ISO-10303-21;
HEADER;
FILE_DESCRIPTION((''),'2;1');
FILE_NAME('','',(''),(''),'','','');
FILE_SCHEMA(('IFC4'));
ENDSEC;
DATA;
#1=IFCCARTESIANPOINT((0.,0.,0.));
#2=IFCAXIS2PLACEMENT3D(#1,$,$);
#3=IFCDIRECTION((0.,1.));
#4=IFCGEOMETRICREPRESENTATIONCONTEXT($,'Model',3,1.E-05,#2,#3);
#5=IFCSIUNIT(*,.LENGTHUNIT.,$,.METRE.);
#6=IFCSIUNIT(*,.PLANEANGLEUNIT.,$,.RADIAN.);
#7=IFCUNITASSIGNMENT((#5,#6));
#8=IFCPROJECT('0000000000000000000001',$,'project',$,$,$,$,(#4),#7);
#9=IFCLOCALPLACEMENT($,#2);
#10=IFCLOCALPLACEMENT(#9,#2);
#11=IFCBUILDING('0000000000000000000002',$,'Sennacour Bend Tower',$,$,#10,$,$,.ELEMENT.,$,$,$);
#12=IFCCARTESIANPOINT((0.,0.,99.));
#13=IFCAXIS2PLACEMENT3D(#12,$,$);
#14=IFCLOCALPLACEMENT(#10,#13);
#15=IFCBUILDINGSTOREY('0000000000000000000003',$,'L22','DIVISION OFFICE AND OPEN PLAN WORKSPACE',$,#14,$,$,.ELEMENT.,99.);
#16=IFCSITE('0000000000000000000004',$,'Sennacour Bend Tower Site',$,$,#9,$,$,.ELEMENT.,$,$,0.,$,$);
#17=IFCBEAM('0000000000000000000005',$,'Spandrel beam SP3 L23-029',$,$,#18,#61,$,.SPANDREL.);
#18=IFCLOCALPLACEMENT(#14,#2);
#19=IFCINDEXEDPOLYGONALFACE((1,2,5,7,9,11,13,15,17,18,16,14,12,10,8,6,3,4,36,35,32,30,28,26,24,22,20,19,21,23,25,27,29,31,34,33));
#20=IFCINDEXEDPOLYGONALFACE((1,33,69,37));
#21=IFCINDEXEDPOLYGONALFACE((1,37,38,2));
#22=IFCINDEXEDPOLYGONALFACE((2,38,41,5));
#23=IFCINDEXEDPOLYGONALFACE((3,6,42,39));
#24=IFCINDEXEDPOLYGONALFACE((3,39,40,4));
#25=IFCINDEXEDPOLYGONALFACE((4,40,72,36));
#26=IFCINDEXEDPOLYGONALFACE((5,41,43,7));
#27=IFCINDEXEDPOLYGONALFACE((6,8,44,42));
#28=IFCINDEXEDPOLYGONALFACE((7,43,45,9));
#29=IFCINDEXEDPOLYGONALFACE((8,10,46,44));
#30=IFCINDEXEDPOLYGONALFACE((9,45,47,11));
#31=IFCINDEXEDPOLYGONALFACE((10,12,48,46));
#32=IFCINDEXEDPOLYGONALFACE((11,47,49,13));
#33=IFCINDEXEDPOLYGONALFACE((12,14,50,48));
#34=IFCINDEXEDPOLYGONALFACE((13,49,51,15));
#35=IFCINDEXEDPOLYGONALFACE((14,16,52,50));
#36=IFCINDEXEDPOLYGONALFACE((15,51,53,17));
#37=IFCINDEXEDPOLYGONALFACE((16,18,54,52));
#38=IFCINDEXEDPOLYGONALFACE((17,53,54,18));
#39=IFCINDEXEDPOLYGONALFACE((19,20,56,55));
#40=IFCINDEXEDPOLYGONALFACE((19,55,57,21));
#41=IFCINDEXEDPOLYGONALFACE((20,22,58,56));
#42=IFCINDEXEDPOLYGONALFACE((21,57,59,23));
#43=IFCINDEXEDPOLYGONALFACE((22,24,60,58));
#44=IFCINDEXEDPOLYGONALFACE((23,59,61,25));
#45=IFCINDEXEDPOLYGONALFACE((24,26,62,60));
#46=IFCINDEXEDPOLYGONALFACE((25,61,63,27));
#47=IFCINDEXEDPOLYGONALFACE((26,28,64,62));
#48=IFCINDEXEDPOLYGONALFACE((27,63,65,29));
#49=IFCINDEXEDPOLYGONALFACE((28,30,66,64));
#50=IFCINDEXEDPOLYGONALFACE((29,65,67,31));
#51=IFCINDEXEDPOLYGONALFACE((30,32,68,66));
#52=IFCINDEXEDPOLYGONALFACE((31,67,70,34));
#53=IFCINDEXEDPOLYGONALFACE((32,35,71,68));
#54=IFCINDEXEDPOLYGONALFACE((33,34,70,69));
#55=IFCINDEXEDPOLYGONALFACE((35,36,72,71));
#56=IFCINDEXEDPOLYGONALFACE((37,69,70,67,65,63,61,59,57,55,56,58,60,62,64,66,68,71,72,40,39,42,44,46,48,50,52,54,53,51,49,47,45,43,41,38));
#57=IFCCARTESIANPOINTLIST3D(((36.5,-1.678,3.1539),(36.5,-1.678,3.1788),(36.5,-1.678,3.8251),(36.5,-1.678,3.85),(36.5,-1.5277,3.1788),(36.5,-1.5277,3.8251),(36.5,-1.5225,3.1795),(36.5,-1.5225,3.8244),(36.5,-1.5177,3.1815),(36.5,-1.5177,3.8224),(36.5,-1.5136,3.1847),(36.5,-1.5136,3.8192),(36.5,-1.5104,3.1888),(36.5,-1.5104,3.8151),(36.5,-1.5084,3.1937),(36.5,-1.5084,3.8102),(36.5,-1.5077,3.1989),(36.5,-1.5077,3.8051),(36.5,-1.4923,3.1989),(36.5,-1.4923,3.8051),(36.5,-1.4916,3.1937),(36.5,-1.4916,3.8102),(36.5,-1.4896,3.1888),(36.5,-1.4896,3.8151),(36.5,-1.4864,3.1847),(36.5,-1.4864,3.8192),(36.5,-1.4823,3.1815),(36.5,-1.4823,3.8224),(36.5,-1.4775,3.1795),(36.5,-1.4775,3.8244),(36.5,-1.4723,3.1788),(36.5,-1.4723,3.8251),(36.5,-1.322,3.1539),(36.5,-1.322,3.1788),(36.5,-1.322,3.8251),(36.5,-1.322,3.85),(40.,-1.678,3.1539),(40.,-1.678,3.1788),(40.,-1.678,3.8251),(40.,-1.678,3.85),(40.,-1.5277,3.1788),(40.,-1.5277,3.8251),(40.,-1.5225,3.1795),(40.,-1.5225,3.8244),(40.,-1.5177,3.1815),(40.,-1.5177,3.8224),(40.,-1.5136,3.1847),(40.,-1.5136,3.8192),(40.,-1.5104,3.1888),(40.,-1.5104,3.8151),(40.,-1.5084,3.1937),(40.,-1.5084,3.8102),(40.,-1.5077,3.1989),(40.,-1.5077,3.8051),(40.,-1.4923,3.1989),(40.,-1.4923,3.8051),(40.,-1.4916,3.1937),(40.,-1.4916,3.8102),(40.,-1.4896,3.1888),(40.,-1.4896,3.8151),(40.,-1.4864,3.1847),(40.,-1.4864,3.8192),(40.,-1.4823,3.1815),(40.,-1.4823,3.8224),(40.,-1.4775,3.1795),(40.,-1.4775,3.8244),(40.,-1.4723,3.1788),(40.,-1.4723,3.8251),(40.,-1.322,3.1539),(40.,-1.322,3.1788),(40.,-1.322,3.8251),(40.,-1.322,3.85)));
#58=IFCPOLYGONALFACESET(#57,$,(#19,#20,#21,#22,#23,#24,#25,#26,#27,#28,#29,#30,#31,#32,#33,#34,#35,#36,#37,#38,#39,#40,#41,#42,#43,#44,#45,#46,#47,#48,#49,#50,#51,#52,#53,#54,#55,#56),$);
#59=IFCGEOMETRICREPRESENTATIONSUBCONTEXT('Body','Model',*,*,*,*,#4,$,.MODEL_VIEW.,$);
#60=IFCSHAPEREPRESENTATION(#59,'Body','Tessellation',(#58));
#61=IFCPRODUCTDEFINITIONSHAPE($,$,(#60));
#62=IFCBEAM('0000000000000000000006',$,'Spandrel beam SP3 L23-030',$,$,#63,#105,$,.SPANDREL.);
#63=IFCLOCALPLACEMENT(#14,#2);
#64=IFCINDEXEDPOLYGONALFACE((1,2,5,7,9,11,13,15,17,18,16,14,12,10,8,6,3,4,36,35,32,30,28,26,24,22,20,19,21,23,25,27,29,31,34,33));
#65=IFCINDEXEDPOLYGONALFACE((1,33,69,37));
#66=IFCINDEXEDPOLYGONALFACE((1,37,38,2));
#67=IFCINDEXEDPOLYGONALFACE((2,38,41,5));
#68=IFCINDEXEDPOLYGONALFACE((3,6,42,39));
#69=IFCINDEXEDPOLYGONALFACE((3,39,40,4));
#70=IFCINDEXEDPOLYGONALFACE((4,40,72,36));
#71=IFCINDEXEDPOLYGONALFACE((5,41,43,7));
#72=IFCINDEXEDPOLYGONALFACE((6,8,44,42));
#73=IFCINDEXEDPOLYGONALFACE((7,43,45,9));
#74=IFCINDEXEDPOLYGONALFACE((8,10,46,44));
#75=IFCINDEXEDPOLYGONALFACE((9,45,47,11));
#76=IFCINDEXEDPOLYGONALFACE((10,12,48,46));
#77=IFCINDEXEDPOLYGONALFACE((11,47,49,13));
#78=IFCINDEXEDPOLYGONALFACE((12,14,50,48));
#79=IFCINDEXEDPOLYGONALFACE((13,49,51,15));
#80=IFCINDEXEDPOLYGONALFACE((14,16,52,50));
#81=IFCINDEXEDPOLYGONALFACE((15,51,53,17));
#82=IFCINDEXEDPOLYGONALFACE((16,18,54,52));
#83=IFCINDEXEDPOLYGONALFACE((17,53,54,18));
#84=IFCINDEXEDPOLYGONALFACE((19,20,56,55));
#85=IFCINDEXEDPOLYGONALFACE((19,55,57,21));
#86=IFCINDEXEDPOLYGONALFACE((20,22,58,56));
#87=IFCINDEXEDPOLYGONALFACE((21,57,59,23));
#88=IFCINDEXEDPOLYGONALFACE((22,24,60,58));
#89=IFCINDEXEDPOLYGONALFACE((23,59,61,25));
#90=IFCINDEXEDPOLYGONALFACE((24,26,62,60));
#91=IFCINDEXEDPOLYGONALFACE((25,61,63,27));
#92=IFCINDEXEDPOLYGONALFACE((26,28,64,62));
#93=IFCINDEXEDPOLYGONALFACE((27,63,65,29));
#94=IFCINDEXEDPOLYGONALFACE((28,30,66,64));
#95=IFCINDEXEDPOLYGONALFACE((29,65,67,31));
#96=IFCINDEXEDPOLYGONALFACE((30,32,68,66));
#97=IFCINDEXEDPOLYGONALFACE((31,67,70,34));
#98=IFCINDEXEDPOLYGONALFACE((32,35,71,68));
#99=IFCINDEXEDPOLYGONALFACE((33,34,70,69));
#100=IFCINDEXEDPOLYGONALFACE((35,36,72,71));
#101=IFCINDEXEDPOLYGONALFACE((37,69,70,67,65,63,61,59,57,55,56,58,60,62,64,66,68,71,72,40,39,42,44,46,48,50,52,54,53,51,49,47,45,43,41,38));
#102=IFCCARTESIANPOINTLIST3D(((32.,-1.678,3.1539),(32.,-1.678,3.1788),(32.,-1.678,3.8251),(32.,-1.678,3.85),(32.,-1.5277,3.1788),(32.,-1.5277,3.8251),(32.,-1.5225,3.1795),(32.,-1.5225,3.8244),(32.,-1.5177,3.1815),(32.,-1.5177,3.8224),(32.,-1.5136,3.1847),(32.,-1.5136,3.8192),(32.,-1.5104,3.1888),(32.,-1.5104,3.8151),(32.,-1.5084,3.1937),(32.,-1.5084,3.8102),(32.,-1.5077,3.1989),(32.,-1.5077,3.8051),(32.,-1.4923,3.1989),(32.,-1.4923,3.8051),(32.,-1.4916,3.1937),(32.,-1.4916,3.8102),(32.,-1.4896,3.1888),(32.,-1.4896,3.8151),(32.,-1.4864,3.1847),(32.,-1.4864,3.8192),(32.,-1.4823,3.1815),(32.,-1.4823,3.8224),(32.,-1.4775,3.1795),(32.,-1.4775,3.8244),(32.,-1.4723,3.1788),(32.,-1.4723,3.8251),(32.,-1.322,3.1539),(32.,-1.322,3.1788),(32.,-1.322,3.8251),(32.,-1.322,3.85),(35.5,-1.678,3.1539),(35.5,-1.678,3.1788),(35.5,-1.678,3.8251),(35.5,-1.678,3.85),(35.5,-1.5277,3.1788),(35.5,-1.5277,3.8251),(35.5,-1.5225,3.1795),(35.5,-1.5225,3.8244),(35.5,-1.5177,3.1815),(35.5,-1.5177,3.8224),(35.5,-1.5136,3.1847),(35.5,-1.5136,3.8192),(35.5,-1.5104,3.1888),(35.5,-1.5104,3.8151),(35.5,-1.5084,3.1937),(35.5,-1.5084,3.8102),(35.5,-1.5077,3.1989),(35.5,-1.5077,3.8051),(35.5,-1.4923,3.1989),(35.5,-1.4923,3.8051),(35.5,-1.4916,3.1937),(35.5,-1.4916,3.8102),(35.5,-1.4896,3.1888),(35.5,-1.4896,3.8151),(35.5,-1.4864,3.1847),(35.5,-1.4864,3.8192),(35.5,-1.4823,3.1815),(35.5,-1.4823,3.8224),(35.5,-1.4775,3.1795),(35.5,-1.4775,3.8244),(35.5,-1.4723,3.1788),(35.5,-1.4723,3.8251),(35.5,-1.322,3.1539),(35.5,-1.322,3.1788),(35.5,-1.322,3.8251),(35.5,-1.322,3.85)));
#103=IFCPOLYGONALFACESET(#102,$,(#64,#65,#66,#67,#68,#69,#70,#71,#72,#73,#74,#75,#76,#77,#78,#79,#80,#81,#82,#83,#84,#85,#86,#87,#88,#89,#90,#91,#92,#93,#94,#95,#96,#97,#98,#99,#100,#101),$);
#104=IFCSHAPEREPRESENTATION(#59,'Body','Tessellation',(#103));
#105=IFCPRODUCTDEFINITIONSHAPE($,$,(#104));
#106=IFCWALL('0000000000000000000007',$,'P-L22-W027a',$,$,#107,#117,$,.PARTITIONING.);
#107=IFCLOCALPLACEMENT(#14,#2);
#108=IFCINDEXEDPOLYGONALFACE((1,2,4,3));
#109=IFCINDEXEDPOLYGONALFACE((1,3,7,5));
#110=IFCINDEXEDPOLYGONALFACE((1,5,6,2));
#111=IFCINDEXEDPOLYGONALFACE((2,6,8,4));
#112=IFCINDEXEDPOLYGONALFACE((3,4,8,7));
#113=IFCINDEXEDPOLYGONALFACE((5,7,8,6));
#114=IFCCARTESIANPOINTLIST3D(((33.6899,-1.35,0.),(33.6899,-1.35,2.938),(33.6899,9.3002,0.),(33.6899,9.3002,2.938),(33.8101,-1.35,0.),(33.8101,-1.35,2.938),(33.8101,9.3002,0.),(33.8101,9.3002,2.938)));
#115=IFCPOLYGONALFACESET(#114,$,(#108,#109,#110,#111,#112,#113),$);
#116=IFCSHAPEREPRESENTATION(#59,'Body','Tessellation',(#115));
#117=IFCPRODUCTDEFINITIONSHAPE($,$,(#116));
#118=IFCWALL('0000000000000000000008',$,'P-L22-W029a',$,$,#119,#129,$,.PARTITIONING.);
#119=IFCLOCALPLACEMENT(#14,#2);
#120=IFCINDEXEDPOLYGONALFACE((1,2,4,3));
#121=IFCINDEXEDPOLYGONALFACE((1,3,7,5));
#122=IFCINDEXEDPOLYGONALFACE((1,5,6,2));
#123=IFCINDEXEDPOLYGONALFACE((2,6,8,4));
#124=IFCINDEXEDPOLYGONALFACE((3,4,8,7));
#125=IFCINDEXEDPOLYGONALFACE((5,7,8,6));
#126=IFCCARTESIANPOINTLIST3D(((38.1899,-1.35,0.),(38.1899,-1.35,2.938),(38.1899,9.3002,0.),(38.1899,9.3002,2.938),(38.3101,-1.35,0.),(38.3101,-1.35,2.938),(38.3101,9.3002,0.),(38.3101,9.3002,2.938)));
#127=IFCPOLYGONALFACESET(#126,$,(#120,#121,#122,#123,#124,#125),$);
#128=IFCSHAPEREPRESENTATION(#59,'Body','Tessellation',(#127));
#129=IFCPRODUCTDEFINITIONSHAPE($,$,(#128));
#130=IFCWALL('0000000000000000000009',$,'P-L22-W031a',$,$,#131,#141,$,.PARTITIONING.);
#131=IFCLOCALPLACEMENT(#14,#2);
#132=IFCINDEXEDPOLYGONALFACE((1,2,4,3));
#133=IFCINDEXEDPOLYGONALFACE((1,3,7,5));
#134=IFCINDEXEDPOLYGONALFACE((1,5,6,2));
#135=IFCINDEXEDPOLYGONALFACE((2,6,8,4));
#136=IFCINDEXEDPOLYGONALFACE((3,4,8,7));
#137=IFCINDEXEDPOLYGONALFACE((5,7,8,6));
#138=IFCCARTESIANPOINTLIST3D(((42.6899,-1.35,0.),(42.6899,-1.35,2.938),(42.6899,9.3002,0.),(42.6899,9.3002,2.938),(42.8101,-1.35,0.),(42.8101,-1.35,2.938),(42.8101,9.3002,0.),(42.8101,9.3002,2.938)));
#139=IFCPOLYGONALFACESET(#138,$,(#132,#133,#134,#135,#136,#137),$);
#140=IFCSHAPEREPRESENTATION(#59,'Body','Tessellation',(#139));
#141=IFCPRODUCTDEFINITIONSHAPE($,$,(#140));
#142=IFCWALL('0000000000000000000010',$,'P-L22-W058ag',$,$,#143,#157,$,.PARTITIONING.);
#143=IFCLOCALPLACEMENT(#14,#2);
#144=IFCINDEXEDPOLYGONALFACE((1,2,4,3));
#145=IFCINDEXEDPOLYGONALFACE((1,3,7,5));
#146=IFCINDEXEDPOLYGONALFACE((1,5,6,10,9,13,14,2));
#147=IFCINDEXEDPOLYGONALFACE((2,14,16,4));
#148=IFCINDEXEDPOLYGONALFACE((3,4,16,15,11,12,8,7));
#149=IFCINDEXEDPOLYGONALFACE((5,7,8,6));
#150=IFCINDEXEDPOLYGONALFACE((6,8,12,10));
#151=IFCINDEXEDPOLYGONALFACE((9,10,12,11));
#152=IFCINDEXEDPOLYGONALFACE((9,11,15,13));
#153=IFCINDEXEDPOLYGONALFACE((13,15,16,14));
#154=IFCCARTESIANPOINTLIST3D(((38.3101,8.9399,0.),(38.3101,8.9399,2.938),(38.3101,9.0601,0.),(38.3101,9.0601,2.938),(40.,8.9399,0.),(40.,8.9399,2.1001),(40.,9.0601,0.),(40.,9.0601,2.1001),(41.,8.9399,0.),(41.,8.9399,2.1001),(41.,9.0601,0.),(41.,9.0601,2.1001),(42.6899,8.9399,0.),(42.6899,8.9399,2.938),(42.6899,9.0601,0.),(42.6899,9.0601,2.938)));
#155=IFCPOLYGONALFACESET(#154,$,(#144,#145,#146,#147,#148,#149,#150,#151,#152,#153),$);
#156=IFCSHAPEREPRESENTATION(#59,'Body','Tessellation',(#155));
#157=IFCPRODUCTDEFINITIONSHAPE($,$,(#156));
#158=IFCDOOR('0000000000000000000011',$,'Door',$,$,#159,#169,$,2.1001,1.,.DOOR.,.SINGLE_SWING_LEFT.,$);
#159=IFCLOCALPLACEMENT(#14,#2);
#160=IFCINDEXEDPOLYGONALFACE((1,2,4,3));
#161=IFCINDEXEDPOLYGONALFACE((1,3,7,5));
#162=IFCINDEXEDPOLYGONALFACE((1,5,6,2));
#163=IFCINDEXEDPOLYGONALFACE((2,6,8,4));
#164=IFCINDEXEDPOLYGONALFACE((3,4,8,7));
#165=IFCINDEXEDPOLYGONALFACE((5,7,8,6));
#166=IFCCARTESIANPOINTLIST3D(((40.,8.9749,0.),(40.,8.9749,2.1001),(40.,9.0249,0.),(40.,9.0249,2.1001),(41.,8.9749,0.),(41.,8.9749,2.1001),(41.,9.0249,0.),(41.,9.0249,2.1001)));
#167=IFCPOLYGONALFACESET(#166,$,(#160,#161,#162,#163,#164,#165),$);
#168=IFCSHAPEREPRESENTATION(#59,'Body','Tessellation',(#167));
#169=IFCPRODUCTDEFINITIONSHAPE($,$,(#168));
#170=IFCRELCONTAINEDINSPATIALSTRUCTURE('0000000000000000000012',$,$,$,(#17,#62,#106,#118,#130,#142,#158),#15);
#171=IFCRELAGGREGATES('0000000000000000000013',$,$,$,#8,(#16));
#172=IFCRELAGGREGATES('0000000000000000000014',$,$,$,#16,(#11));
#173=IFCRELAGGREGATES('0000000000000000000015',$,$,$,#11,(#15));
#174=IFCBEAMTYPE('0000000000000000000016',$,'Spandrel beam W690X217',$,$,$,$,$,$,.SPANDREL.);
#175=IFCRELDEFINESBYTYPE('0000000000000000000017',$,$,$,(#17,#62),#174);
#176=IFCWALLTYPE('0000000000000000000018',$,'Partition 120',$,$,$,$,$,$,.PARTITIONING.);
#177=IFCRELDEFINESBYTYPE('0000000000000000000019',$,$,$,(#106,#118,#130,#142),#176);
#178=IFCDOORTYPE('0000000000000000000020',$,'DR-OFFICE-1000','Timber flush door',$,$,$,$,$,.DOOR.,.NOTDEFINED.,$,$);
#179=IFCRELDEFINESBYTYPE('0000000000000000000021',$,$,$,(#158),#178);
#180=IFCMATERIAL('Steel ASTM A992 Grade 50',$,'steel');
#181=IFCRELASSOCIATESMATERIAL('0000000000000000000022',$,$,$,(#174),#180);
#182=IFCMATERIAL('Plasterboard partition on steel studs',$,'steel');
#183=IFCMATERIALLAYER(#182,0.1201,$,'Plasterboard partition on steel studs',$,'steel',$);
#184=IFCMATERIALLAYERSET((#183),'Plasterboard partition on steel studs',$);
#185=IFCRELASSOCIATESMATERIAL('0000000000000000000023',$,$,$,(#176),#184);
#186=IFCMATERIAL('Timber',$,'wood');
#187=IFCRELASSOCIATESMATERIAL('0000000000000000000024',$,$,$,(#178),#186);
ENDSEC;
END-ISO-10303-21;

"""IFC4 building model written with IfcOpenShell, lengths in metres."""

from ifc_helpers import new_model, si_unit, direction, frame, frame_2d, origin, origin_2d, place, context, subcontext, project, spatial, rectangle, i_section, extrude, material, layer, layer_set, material_profile, profile_set, type_object, element, fill, save


model = new_model("IFC4")

# Units and contexts
model_context = context("Model", 3, precision=1e-05, world=origin(), true_north=direction((0.0, 1.0)))
body_context = subcontext(model_context, "Body", "Model", "MODEL_VIEW")
ifc_project = project(units=[si_unit("LENGTHUNIT", "METRE"), si_unit("PLANEANGLEUNIT", "RADIAN")], contexts=[model_context])

# Site, building, storey
site_placement = place(None, origin())
site = spatial("IfcSite", under=ifc_project, at=site_placement, Name="Sennacour Bend Tower Site", CompositionType="ELEMENT", RefElevation=0.0)
building_placement = place(site_placement, origin())
building = spatial("IfcBuilding", under=site, at=building_placement, Name="Sennacour Bend Tower", CompositionType="ELEMENT")
storey_placement = place(building_placement, frame((0.0, 0.0, 99.0)))
storey = spatial("IfcBuildingStorey", under=building, at=storey_placement, Name="L22", Description="DIVISION OFFICE AND OPEN PLAN WORKSPACE", CompositionType="ELEMENT", Elevation=99.0)

# Beams
ifc_material_1 = material(Name="Steel ASTM A992 Grade 50", Category="steel")
ifc_material_profile_1 = material_profile(ifc_material_1, i_section(OverallWidth=0.356, OverallDepth=0.696, WebThickness=0.0154, FlangeThickness=0.0249, FilletRadius=0.02, at=origin_2d()), Name="Steel ASTM A992 Grade 50", Category="steel")
ifc_profile_set_1 = profile_set([ifc_material_profile_1], Name="Steel ASTM A992 Grade 50")
beam_type_1 = type_object("IfcBeamType", Name="Spandrel beam W690X217", PredefinedType="SPANDREL", material=ifc_profile_set_1)
for number, where, z_axis, x_axis, name in (
    (1, (40.0, -1.5, 3.502), (-1.0, 0.0, 0.0), (0.0, -1.0, 0.0), "Spandrel beam SP3 L23-029"),
    (2, (35.5, -1.5, 3.502), (-1.0, 0.0, 0.0), (0.0, -1.0, 0.0), "Spandrel beam SP3 L23-030"),
):
    element("IfcBeam", number, at=place(storey_placement, frame(where, z_axis=z_axis, x_axis=x_axis)), inside=storey, type_object=beam_type_1, Name=name, PredefinedType="SPANDREL", context=body_context, shape_type="SweptSolid", body=[
        extrude(i_section(OverallWidth=0.356, OverallDepth=0.696, WebThickness=0.0154, FlangeThickness=0.0249, FilletRadius=0.02, at=origin_2d()), origin(), (0.0, 0.0, 1.0), 3.5),
    ])

# Walls
ifc_material_2 = material(Name="Plasterboard partition on steel studs", Category="steel")
ifc_layer_1 = layer(ifc_material_2, 0.1201, Name="Plasterboard partition on steel studs", Category="steel")
ifc_layer_set_1 = layer_set([ifc_layer_1], Name="Plasterboard partition on steel studs")
wall_type_1 = type_object("IfcWallType", Name="Partition 120", PredefinedType="PARTITIONING", material=ifc_layer_set_1)
for number, where, z_axis, x_axis, name in (
    (3, (33.75, -1.3501, 0.0), (0.0, 0.0, 1.0), (0.0, 1.0, 0.0), "P-L22-W027a"),
    (4, (38.25, -1.3501, 0.0), (0.0, 0.0, 1.0), (0.0, 1.0, 0.0), "P-L22-W029a"),
    (5, (42.75, -1.3501, 0.0), (0.0, 0.0, 1.0), (0.0, 1.0, 0.0), "P-L22-W031a"),
):
    element("IfcWall", number, at=place(storey_placement, frame(where, z_axis=z_axis, x_axis=x_axis)), inside=storey, type_object=wall_type_1, Name=name, PredefinedType="PARTITIONING", context=body_context, shape_type="SweptSolid", body=[
        extrude(rectangle(XDim=10.6501, YDim=0.1201, at=frame_2d((5.3252, 0.0))), origin(), (0.0, 0.0, 1.0), 2.938),
    ])

# Wall, opening, door
wall_1_placement = place(storey_placement, frame((38.3101, 9.0, 0.0), z_axis=(0.0, 0.0, 1.0), x_axis=(1.0, 0.0, 0.0)))
wall_1 = element("IfcWall", 6, at=wall_1_placement, inside=storey, type_object=wall_type_1, Name="P-L22-W058ag", PredefinedType="PARTITIONING", context=body_context, shape_type="SweptSolid", body=[
    extrude(rectangle(XDim=4.3799, YDim=0.1201, at=frame_2d((2.1899, 0.0))), origin(), (0.0, 0.0, 1.0), 2.938),
])
opening_1_placement = place(wall_1_placement, frame((1.6899, 0.0, 0.0)))
opening_1 = element("IfcOpeningElement", 7, at=opening_1_placement, cuts=wall_1, PredefinedType="OPENING", context=body_context, shape_type="SweptSolid", body=[
    extrude(rectangle(XDim=1.0, YDim=2.1001, at=frame_2d((0.5, 1.05))), frame((0.0, 0.0701, 0.0), z_axis=(0.0, -1.0, 0.0), x_axis=(1.0, 0.0, 0.0)), (0.0, 0.0, 1.0), 0.1401),
])
ifc_material_3 = material(Name="Timber", Category="wood")
door_type_1 = type_object("IfcDoorType", Name="DR-OFFICE-1000", Description="Timber flush door", OperationType="NOTDEFINED", PredefinedType="DOOR", material=ifc_material_3)
door_1_placement = place(opening_1_placement, origin())
door_1 = element("IfcDoor", 8, at=door_1_placement, inside=storey, type_object=door_type_1, Name="Door", OperationType="SINGLE_SWING_LEFT", OverallHeight=2.1001, OverallWidth=1.0, PredefinedType="DOOR", context=body_context, shape_type="SweptSolid", body=[
    extrude(rectangle(XDim=1.0, YDim=2.1001, at=frame_2d((0.5, 1.05))), frame((0.0, 0.0249, 0.0), z_axis=(0.0, -1.0, 0.0), x_axis=(1.0, 0.0, 0.0)), (0.0, 0.0, 1.0), 0.05),
])
fill(opening_1, door_1)

save(model, "model.ifc")
